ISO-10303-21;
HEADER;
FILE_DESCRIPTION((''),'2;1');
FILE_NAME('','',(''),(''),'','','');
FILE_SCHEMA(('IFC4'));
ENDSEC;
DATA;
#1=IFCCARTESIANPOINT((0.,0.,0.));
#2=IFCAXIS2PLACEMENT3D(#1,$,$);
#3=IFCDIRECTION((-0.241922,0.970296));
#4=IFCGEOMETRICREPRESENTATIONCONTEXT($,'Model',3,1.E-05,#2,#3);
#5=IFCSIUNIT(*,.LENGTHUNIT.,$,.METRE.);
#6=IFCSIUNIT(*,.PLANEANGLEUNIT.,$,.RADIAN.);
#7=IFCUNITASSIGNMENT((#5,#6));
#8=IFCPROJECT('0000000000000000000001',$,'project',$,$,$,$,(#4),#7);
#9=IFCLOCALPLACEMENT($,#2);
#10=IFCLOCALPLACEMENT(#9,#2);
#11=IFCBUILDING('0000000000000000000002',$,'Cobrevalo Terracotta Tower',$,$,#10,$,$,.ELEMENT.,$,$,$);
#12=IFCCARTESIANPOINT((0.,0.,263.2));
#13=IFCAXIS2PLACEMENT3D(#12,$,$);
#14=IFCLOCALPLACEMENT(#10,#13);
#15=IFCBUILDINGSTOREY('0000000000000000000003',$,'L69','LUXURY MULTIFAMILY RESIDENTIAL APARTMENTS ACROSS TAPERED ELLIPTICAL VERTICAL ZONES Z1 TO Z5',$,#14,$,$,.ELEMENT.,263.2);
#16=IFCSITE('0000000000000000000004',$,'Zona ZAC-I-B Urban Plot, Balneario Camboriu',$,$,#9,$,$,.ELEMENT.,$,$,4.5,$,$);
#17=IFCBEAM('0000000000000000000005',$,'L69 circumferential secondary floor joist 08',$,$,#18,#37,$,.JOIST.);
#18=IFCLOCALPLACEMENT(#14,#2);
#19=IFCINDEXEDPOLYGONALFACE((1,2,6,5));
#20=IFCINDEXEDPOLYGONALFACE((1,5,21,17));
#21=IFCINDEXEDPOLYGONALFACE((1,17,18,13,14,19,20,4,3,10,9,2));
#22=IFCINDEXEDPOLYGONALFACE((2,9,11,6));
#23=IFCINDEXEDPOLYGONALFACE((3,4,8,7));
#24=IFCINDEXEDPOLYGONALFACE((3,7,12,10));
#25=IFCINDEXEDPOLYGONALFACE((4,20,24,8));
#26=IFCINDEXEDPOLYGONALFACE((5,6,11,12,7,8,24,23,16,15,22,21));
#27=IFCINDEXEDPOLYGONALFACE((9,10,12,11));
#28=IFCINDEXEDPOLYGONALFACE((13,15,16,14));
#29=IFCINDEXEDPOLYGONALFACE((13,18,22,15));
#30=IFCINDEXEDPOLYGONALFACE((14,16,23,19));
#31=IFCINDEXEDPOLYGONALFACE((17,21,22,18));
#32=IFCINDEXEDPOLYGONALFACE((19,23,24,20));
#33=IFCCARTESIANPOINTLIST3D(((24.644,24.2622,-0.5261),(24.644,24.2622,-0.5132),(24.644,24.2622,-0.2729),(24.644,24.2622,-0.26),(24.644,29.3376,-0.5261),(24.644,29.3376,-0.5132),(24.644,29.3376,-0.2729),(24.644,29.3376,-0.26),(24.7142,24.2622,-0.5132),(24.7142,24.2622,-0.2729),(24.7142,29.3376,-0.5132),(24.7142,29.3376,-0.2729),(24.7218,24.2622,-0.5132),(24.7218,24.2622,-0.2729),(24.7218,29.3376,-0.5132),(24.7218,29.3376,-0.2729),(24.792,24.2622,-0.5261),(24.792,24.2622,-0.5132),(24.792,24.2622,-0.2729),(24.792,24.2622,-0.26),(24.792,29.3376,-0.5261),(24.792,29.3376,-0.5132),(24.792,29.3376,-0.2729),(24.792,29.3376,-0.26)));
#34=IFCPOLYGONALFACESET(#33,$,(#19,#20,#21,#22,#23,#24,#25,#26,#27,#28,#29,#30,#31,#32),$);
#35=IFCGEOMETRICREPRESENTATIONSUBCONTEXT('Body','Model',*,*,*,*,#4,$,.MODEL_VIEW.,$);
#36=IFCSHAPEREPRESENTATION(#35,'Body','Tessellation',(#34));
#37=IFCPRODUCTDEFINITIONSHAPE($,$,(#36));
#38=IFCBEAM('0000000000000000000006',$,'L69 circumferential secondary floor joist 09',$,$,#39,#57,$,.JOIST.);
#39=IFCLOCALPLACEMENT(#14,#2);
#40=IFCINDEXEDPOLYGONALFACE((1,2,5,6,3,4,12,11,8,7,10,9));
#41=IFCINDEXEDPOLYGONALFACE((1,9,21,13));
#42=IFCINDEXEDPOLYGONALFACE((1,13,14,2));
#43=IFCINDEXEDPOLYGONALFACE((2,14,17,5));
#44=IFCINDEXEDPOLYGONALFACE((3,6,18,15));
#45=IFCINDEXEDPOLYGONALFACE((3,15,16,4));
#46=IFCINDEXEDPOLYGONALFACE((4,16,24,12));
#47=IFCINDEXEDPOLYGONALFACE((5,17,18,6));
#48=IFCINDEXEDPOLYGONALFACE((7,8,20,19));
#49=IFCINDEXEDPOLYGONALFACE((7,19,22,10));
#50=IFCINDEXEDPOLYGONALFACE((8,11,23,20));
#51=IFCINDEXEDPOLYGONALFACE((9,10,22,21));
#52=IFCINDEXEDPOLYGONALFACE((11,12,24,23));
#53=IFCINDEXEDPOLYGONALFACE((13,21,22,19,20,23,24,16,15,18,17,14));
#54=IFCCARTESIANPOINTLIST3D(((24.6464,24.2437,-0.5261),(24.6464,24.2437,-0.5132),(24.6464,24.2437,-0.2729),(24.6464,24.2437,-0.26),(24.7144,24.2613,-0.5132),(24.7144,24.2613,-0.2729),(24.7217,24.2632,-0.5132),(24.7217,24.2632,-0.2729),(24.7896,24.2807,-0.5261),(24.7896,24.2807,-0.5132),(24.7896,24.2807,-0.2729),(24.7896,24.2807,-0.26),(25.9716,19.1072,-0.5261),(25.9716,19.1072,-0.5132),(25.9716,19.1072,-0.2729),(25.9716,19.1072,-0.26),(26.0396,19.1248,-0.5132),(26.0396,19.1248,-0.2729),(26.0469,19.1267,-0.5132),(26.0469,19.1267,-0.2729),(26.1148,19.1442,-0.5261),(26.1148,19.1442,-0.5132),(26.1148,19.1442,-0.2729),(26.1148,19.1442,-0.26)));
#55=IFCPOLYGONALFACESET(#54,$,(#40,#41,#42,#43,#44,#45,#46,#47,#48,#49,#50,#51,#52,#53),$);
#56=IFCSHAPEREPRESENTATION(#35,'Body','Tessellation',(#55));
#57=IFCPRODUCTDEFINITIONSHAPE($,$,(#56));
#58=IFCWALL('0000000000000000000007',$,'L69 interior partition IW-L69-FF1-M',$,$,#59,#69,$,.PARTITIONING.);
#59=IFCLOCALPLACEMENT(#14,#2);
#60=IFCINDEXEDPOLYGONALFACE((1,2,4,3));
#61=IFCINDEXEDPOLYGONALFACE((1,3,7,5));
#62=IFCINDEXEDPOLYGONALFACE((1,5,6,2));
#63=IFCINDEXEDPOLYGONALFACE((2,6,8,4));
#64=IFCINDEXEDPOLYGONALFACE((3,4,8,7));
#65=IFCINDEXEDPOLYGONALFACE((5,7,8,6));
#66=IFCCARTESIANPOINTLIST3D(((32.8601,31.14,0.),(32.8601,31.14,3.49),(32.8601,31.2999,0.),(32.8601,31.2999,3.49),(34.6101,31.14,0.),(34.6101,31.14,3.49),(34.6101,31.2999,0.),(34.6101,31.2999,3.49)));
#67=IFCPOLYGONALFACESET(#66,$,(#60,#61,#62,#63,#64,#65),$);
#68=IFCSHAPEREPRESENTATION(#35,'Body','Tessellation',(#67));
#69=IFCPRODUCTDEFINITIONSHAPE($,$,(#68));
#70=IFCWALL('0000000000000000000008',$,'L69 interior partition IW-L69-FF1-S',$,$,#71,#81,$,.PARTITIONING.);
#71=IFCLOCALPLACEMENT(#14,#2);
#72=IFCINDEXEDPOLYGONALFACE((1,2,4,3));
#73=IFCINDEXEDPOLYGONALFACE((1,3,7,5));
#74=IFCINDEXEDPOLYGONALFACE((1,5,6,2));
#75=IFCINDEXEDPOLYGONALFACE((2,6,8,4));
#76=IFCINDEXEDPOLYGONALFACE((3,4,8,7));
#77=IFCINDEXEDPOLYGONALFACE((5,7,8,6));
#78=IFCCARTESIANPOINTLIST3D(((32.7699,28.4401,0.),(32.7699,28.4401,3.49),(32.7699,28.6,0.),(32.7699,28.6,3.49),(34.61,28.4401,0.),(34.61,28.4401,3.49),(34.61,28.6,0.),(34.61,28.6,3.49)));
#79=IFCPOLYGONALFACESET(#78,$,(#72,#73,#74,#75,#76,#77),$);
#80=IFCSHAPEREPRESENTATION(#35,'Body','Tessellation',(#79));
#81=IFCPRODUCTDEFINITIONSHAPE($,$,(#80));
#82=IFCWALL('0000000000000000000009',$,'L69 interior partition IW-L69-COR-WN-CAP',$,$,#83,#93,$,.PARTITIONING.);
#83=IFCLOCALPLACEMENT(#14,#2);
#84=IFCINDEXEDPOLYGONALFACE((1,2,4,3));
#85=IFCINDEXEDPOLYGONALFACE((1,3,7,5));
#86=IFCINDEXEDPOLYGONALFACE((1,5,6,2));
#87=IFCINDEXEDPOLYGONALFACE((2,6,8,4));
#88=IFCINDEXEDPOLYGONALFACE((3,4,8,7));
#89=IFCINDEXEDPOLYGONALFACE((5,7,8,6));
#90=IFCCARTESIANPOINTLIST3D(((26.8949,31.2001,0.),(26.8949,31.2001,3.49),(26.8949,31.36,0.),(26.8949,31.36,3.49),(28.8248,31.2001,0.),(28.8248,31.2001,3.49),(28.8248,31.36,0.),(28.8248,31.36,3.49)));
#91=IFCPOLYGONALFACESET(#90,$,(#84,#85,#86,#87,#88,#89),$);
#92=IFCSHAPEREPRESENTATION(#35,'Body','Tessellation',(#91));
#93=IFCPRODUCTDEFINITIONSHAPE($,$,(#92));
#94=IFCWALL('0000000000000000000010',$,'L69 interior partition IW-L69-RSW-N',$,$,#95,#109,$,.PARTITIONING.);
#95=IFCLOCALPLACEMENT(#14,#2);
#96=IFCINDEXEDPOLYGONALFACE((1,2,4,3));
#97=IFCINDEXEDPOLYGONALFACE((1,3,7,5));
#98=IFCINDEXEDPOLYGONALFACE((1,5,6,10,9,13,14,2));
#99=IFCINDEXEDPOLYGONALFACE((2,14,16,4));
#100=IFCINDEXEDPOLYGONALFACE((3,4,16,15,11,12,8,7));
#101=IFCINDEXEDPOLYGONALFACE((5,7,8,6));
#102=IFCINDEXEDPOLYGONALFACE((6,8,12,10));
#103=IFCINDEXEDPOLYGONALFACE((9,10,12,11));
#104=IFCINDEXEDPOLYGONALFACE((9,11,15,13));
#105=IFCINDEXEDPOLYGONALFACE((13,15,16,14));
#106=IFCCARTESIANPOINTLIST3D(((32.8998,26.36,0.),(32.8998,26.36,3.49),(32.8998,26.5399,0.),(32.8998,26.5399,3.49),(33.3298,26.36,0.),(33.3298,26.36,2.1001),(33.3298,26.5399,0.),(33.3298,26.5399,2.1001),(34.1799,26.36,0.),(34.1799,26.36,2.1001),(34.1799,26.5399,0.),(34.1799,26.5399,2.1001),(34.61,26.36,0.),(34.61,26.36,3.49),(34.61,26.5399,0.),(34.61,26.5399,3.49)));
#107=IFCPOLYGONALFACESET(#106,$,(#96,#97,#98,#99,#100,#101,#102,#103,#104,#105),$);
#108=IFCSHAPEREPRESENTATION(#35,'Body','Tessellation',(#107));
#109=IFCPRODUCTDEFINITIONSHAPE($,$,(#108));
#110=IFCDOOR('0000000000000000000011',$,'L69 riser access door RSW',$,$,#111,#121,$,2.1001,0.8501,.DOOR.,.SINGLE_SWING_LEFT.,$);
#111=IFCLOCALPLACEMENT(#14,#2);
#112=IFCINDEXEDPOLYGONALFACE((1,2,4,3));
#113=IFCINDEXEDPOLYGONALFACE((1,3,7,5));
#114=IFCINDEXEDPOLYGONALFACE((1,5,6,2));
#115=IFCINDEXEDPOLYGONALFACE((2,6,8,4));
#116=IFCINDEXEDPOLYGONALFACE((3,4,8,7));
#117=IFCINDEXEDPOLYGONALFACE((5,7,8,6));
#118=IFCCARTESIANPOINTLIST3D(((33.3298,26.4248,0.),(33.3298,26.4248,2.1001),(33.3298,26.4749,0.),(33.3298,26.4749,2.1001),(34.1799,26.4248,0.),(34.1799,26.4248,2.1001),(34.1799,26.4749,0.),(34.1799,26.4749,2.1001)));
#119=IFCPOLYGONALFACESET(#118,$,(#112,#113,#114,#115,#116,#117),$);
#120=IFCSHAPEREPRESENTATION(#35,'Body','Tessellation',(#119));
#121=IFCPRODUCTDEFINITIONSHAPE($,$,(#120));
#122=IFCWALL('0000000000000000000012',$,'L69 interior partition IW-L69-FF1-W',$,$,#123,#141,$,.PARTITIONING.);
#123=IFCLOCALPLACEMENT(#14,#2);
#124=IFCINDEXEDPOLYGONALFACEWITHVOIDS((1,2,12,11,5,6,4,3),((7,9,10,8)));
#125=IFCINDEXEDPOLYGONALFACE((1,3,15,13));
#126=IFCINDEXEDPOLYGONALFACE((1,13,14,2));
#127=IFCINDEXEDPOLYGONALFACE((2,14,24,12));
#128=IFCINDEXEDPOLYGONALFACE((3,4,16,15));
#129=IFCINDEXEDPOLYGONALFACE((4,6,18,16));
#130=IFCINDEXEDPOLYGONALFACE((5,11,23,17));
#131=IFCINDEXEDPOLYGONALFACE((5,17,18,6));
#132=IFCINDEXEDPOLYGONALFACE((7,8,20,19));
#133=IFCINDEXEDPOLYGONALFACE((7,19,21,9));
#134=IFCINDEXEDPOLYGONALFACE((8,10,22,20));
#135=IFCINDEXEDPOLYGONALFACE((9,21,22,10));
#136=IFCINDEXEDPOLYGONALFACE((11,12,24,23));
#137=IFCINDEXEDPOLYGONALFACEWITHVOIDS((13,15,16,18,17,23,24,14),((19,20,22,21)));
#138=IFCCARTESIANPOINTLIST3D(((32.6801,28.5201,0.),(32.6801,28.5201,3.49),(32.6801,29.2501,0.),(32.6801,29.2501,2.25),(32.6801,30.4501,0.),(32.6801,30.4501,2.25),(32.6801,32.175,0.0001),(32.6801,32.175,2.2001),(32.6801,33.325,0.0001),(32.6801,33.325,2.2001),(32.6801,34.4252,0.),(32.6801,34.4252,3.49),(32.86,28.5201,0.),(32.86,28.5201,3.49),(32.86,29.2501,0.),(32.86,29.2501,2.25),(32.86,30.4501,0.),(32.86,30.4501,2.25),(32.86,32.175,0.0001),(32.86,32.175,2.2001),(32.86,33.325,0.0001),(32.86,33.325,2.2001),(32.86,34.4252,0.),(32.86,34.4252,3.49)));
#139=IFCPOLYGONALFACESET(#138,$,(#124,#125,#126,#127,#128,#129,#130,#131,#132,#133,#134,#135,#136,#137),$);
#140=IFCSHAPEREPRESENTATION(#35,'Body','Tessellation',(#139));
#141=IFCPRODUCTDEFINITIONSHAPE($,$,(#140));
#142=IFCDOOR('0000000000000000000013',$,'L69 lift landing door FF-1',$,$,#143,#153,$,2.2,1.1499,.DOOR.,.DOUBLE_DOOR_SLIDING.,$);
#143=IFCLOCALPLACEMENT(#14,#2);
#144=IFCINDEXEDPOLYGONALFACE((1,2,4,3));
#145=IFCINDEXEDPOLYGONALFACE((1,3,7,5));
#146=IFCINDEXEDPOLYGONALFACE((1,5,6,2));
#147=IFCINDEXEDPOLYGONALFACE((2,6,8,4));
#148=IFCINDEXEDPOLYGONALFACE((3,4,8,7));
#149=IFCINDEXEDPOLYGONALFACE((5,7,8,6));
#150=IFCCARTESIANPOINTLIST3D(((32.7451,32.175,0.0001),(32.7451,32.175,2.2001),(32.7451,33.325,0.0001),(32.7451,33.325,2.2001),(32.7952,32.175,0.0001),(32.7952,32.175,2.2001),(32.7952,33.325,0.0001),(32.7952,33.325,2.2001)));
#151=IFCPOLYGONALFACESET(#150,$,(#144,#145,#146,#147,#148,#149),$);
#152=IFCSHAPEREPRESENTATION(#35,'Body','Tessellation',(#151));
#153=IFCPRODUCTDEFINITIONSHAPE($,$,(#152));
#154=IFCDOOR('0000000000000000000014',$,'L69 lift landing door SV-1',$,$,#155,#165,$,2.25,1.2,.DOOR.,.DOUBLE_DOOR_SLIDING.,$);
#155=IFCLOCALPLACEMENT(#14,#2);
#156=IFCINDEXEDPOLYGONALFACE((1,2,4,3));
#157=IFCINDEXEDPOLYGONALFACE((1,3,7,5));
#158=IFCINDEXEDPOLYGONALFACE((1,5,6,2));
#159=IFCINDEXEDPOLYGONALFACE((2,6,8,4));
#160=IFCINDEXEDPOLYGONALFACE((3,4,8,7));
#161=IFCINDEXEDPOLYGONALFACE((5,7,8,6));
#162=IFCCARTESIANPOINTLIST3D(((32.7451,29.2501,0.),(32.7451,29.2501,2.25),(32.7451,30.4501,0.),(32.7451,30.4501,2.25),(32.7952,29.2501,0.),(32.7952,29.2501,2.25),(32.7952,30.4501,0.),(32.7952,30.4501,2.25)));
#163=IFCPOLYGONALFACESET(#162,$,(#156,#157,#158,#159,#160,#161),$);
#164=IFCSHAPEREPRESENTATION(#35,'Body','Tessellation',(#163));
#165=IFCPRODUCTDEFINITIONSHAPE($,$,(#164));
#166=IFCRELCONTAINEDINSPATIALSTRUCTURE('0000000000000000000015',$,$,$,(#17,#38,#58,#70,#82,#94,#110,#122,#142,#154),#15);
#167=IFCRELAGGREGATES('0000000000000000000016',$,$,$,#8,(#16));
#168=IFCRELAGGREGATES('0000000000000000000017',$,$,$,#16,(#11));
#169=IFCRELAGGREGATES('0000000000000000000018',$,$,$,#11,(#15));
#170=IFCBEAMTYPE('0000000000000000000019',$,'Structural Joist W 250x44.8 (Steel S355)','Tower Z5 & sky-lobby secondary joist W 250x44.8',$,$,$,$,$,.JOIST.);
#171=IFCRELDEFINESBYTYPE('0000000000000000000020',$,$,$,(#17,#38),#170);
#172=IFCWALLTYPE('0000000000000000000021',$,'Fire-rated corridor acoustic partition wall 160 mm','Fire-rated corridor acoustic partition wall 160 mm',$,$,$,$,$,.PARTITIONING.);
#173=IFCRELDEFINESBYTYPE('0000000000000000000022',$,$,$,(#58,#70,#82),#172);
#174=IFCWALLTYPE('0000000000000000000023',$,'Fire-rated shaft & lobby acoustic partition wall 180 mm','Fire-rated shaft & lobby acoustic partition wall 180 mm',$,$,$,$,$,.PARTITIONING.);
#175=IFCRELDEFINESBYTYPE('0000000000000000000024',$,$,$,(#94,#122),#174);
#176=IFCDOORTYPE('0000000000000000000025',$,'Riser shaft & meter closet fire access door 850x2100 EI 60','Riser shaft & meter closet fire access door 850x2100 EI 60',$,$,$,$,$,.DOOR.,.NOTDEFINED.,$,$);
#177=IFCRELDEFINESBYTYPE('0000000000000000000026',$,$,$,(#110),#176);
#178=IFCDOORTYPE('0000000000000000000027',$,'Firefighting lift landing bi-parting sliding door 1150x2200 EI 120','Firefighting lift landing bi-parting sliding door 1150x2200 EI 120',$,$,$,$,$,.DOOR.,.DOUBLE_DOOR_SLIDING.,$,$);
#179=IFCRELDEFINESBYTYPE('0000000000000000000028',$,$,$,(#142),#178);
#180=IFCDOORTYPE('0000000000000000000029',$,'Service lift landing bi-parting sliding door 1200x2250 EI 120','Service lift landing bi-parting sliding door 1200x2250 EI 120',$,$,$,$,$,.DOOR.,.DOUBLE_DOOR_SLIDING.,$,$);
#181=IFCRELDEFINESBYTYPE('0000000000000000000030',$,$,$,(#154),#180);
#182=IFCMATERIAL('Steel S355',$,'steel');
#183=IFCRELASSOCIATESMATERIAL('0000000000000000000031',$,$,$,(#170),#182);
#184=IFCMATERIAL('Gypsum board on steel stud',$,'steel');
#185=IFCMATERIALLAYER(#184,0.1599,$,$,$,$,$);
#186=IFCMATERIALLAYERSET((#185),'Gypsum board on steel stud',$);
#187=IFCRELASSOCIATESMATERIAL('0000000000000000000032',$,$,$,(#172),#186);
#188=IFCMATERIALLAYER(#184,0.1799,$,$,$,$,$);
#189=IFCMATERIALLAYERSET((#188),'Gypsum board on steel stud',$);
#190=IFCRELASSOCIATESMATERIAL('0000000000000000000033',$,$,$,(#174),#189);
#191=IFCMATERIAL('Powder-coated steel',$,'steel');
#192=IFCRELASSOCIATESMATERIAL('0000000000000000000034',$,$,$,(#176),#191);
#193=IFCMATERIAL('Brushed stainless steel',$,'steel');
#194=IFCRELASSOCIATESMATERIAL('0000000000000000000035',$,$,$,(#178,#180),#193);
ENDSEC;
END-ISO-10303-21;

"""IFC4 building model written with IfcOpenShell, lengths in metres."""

from ifc_helpers import new_model, si_unit, direction, frame, frame_2d, origin, origin_2d, place, context, subcontext, project, spatial, rectangle, i_section, extrude, source, transform, mapped, material, layer, layer_set, material_profile, profile_set, type_object, element, fill, save


model = new_model("IFC4")

# Units and contexts
model_context = context("Model", 3, precision=1e-05, world=origin(), true_north=direction((-0.241922, 0.970296)))
body_context = subcontext(model_context, "Body", "Model", "MODEL_VIEW")
ifc_project = project(units=[si_unit("LENGTHUNIT", "METRE"), si_unit("PLANEANGLEUNIT", "RADIAN")], contexts=[model_context])

# Site, building, storey
site_placement = place(None, origin())
site = spatial("IfcSite", under=ifc_project, at=site_placement, Name="Zona ZAC-I-B Urban Plot, Balneario Camboriu", CompositionType="ELEMENT", RefElevation=4.5)
building_placement = place(site_placement, origin())
building = spatial("IfcBuilding", under=site, at=building_placement, Name="Cobrevalo Terracotta Tower", CompositionType="ELEMENT")
storey_placement = place(building_placement, frame((0.0, 0.0, 263.2)))
storey = spatial("IfcBuildingStorey", under=building, at=storey_placement, Name="L69", Description="LUXURY MULTIFAMILY RESIDENTIAL APARTMENTS ACROSS TAPERED ELLIPTICAL VERTICAL ZONES Z1 TO Z5", CompositionType="ELEMENT", Elevation=263.2)

# Beams
ifc_material_1 = material(Name="Steel S355", Category="steel")
ifc_material_profile = material_profile(ifc_material_1, i_section(OverallWidth=0.1479, OverallDepth=0.2661, WebThickness=0.0076, FlangeThickness=0.0129, at=origin_2d()), Name="W 250x44.8")
ifc_profile_set = profile_set([ifc_material_profile], Name="Steel S355")
beam_type = type_object("IfcBeamType", Name="Structural Joist W 250x44.8 (Steel S355)", Description="Tower Z5 & sky-lobby secondary joist W 250x44.8", PredefinedType="JOIST", material=ifc_profile_set)
beam_1_placement = place(storey_placement, frame((24.718, 29.3376, -0.3931), z_axis=(0.0, -1.0, 0.0), x_axis=(1.0, 0.0, 0.0)))
element("IfcBeam", 1, at=beam_1_placement, inside=storey, type_object=beam_type, Name="L69 circumferential secondary floor joist 08", PredefinedType="JOIST", context=body_context, shape_type="SweptSolid", body=[
    extrude(i_section(OverallWidth=0.1479, OverallDepth=0.2661, WebThickness=0.0076, FlangeThickness=0.0129, at=origin_2d()), origin(), (0.0, 0.0, 1.0), 5.0754),
])
beam_2_placement = place(storey_placement, frame((24.718, 24.2622, -0.3931), z_axis=(0.249817, -0.968293, 0.0), x_axis=(0.968293, 0.249817, 0.0)))
element("IfcBeam", 2, at=beam_2_placement, inside=storey, type_object=beam_type, Name="L69 circumferential secondary floor joist 09", PredefinedType="JOIST", context=body_context, shape_type="SweptSolid", body=[
    extrude(i_section(OverallWidth=0.1479, OverallDepth=0.2661, WebThickness=0.0076, FlangeThickness=0.0129, at=origin_2d()), origin(), (0.0, 0.0, 1.0), 5.3047),
])

# Walls
ifc_material_2 = material(Name="Gypsum board on steel stud", Category="steel")
ifc_layer_1 = layer(ifc_material_2, 0.1599)
ifc_layer_set_1 = layer_set([ifc_layer_1], Name="Gypsum board on steel stud")
wall_type_1 = type_object("IfcWallType", Name="Fire-rated corridor acoustic partition wall 160 mm", Description="Fire-rated corridor acoustic partition wall 160 mm", PredefinedType="PARTITIONING", material=ifc_layer_set_1)
wall_1_placement = place(storey_placement, frame((32.8601, 31.22, 0.0), z_axis=(0.0, 0.0, 1.0), x_axis=(1.0, 0.0, 0.0)))
element("IfcWall", 3, at=wall_1_placement, inside=storey, type_object=wall_type_1, Name="L69 interior partition IW-L69-FF1-M", PredefinedType="PARTITIONING", context=body_context, shape_type="SweptSolid", body=[
    extrude(rectangle(XDim=1.75, YDim=0.1599, at=frame_2d((0.875, 0.0))), origin(), (0.0, 0.0, 1.0), 3.49),
])
wall_2_placement = place(storey_placement, frame((32.77, 28.52, 0.0), z_axis=(0.0, 0.0, 1.0), x_axis=(1.0, 0.0, 0.0)))
element("IfcWall", 4, at=wall_2_placement, inside=storey, type_object=wall_type_1, Name="L69 interior partition IW-L69-FF1-S", PredefinedType="PARTITIONING", context=body_context, shape_type="SweptSolid", body=[
    extrude(rectangle(XDim=1.8401, YDim=0.1599, at=frame_2d((0.9199, 0.0))), origin(), (0.0, 0.0, 1.0), 3.49),
])
wall_3_placement = place(storey_placement, frame((26.895, 31.28, 0.0), z_axis=(0.0, 0.0, 1.0), x_axis=(1.0, 0.0, 0.0)))
element("IfcWall", 5, at=wall_3_placement, inside=storey, type_object=wall_type_1, Name="L69 interior partition IW-L69-COR-WN-CAP", PredefinedType="PARTITIONING", context=body_context, shape_type="SweptSolid", body=[
    extrude(rectangle(XDim=1.9299, YDim=0.1599, at=frame_2d((0.9648, 0.0))), origin(), (0.0, 0.0, 1.0), 3.49),
])

# Wall, opening, door
ifc_layer_2 = layer(ifc_material_2, 0.1799)
ifc_layer_set_2 = layer_set([ifc_layer_2], Name="Gypsum board on steel stud")
wall_type_2 = type_object("IfcWallType", Name="Fire-rated shaft & lobby acoustic partition wall 180 mm", Description="Fire-rated shaft & lobby acoustic partition wall 180 mm", PredefinedType="PARTITIONING", material=ifc_layer_set_2)
wall_4_placement = place(storey_placement, frame((32.8999, 26.45, 0.0), z_axis=(0.0, 0.0, 1.0), x_axis=(1.0, 0.0, 0.0)))
wall_4 = element("IfcWall", 6, at=wall_4_placement, inside=storey, type_object=wall_type_2, Name="L69 interior partition IW-L69-RSW-N", PredefinedType="PARTITIONING", context=body_context, shape_type="SweptSolid", body=[
    extrude(rectangle(XDim=1.7102, YDim=0.1799, at=frame_2d((0.855, 0.0))), origin(), (0.0, 0.0, 1.0), 3.49),
])
opening_1_placement = place(wall_4_placement, frame((0.4299, 0.0, 0.0)))
opening_1 = element("IfcOpeningElement", 7, at=opening_1_placement, cuts=wall_4, PredefinedType="OPENING", context=body_context, shape_type="SweptSolid", body=[
    extrude(rectangle(XDim=0.8501, YDim=2.1001, at=frame_2d((0.425, 1.05))), frame((0.0, 0.1001, 0.0), z_axis=(0.0, -1.0, 0.0), x_axis=(1.0, 0.0, 0.0)), (0.0, 0.0, 1.0), 0.2),
])
ifc_material_3 = material(Name="Powder-coated steel", Category="steel")
door_type_1 = type_object("IfcDoorType", Name="Riser shaft & meter closet fire access door 850x2100 EI 60", Description="Riser shaft & meter closet fire access door 850x2100 EI 60", OperationType="NOTDEFINED", PredefinedType="DOOR", material=ifc_material_3)
shared_shape_1 = source(origin(), body_context, "Body", "SweptSolid", [
    extrude(rectangle(XDim=0.8501, YDim=2.1001, at=frame_2d((0.425, 1.05))), frame((0.0, 0.0249, 0.0), z_axis=(0.0, -1.0, 0.0), x_axis=(1.0, 0.0, 0.0)), (0.0, 0.0, 1.0), 0.05),
])
door_1_placement = place(opening_1_placement, origin())
door_1 = element("IfcDoor", 8, at=door_1_placement, inside=storey, type_object=door_type_1, Name="L69 riser access door RSW", OperationType="SINGLE_SWING_LEFT", OverallHeight=2.1001, OverallWidth=0.8501, PredefinedType="DOOR", context=body_context, shape_type="MappedRepresentation", body=[
    mapped(shared_shape_1, transform((0.0, 0.0, 0.0), scale=1.0)),
])
fill(opening_1, door_1)

# Wall, openings, doors
wall_5_placement = place(storey_placement, frame((32.77, 28.52, 0.0), z_axis=(0.0, 0.0, 1.0), x_axis=(0.0, 1.0, 0.0)))
wall_5 = element("IfcWall", 9, at=wall_5_placement, inside=storey, type_object=wall_type_2, Name="L69 interior partition IW-L69-FF1-W", PredefinedType="PARTITIONING", context=body_context, shape_type="SweptSolid", body=[
    extrude(rectangle(XDim=5.905, YDim=0.1799, at=frame_2d((2.9526, 0.0))), origin(), (0.0, 0.0, 1.0), 3.49),
])
opening_2_placement = place(wall_5_placement, frame((3.655, 0.0, 0.0)))
opening_2 = element("IfcOpeningElement", 10, at=opening_2_placement, cuts=wall_5, PredefinedType="OPENING", context=body_context, shape_type="SweptSolid", body=[
    extrude(rectangle(XDim=1.1499, YDim=2.2, at=frame_2d((0.575, 1.1001))), frame((0.0, 0.1001, 0.0), z_axis=(0.0, -1.0, 0.0), x_axis=(1.0, 0.0, 0.0)), (0.0, 0.0, 1.0), 0.2),
])
opening_3_placement = place(wall_5_placement, frame((0.73, 0.0, 0.0)))
opening_3 = element("IfcOpeningElement", 11, at=opening_3_placement, cuts=wall_5, PredefinedType="OPENING", context=body_context, shape_type="SweptSolid", body=[
    extrude(rectangle(XDim=1.2, YDim=2.25, at=frame_2d((0.6001, 1.125))), frame((0.0, 0.1001, 0.0), z_axis=(0.0, -1.0, 0.0), x_axis=(1.0, 0.0, 0.0)), (0.0, 0.0, 1.0), 0.2),
])
ifc_material_4 = material(Name="Brushed stainless steel", Category="steel")
door_type_2 = type_object("IfcDoorType", Name="Firefighting lift landing bi-parting sliding door 1150x2200 EI 120", Description="Firefighting lift landing bi-parting sliding door 1150x2200 EI 120", OperationType="DOUBLE_DOOR_SLIDING", PredefinedType="DOOR", material=ifc_material_4)
shared_shape_2 = source(origin(), body_context, "Body", "SweptSolid", [
    extrude(rectangle(XDim=1.1499, YDim=2.2, at=frame_2d((0.575, 1.1001))), frame((0.0, 0.0249, 0.0), z_axis=(0.0, -1.0, 0.0), x_axis=(1.0, 0.0, 0.0)), (0.0, 0.0, 1.0), 0.05),
])
door_2_placement = place(opening_2_placement, origin())
door_2 = element("IfcDoor", 12, at=door_2_placement, inside=storey, type_object=door_type_2, Name="L69 lift landing door FF-1", OperationType="DOUBLE_DOOR_SLIDING", OverallHeight=2.2, OverallWidth=1.1499, PredefinedType="DOOR", context=body_context, shape_type="MappedRepresentation", body=[
    mapped(shared_shape_2, transform((0.0, 0.0, 0.0), scale=1.0)),
])
fill(opening_2, door_2)
door_type_3 = type_object("IfcDoorType", Name="Service lift landing bi-parting sliding door 1200x2250 EI 120", Description="Service lift landing bi-parting sliding door 1200x2250 EI 120", OperationType="DOUBLE_DOOR_SLIDING", PredefinedType="DOOR", material=ifc_material_4)
shared_shape_3 = source(origin(), body_context, "Body", "SweptSolid", [
    extrude(rectangle(XDim=1.2, YDim=2.25, at=frame_2d((0.6001, 1.125))), frame((0.0, 0.0249, 0.0), z_axis=(0.0, -1.0, 0.0), x_axis=(1.0, 0.0, 0.0)), (0.0, 0.0, 1.0), 0.05),
])
door_3_placement = place(opening_3_placement, origin())
door_3 = element("IfcDoor", 13, at=door_3_placement, inside=storey, type_object=door_type_3, Name="L69 lift landing door SV-1", OperationType="DOUBLE_DOOR_SLIDING", OverallHeight=2.25, OverallWidth=1.2, PredefinedType="DOOR", context=body_context, shape_type="MappedRepresentation", body=[
    mapped(shared_shape_3, transform((0.0, 0.0, 0.0), scale=1.0)),
])
fill(opening_3, door_3)

save(model, "model.ifc")
